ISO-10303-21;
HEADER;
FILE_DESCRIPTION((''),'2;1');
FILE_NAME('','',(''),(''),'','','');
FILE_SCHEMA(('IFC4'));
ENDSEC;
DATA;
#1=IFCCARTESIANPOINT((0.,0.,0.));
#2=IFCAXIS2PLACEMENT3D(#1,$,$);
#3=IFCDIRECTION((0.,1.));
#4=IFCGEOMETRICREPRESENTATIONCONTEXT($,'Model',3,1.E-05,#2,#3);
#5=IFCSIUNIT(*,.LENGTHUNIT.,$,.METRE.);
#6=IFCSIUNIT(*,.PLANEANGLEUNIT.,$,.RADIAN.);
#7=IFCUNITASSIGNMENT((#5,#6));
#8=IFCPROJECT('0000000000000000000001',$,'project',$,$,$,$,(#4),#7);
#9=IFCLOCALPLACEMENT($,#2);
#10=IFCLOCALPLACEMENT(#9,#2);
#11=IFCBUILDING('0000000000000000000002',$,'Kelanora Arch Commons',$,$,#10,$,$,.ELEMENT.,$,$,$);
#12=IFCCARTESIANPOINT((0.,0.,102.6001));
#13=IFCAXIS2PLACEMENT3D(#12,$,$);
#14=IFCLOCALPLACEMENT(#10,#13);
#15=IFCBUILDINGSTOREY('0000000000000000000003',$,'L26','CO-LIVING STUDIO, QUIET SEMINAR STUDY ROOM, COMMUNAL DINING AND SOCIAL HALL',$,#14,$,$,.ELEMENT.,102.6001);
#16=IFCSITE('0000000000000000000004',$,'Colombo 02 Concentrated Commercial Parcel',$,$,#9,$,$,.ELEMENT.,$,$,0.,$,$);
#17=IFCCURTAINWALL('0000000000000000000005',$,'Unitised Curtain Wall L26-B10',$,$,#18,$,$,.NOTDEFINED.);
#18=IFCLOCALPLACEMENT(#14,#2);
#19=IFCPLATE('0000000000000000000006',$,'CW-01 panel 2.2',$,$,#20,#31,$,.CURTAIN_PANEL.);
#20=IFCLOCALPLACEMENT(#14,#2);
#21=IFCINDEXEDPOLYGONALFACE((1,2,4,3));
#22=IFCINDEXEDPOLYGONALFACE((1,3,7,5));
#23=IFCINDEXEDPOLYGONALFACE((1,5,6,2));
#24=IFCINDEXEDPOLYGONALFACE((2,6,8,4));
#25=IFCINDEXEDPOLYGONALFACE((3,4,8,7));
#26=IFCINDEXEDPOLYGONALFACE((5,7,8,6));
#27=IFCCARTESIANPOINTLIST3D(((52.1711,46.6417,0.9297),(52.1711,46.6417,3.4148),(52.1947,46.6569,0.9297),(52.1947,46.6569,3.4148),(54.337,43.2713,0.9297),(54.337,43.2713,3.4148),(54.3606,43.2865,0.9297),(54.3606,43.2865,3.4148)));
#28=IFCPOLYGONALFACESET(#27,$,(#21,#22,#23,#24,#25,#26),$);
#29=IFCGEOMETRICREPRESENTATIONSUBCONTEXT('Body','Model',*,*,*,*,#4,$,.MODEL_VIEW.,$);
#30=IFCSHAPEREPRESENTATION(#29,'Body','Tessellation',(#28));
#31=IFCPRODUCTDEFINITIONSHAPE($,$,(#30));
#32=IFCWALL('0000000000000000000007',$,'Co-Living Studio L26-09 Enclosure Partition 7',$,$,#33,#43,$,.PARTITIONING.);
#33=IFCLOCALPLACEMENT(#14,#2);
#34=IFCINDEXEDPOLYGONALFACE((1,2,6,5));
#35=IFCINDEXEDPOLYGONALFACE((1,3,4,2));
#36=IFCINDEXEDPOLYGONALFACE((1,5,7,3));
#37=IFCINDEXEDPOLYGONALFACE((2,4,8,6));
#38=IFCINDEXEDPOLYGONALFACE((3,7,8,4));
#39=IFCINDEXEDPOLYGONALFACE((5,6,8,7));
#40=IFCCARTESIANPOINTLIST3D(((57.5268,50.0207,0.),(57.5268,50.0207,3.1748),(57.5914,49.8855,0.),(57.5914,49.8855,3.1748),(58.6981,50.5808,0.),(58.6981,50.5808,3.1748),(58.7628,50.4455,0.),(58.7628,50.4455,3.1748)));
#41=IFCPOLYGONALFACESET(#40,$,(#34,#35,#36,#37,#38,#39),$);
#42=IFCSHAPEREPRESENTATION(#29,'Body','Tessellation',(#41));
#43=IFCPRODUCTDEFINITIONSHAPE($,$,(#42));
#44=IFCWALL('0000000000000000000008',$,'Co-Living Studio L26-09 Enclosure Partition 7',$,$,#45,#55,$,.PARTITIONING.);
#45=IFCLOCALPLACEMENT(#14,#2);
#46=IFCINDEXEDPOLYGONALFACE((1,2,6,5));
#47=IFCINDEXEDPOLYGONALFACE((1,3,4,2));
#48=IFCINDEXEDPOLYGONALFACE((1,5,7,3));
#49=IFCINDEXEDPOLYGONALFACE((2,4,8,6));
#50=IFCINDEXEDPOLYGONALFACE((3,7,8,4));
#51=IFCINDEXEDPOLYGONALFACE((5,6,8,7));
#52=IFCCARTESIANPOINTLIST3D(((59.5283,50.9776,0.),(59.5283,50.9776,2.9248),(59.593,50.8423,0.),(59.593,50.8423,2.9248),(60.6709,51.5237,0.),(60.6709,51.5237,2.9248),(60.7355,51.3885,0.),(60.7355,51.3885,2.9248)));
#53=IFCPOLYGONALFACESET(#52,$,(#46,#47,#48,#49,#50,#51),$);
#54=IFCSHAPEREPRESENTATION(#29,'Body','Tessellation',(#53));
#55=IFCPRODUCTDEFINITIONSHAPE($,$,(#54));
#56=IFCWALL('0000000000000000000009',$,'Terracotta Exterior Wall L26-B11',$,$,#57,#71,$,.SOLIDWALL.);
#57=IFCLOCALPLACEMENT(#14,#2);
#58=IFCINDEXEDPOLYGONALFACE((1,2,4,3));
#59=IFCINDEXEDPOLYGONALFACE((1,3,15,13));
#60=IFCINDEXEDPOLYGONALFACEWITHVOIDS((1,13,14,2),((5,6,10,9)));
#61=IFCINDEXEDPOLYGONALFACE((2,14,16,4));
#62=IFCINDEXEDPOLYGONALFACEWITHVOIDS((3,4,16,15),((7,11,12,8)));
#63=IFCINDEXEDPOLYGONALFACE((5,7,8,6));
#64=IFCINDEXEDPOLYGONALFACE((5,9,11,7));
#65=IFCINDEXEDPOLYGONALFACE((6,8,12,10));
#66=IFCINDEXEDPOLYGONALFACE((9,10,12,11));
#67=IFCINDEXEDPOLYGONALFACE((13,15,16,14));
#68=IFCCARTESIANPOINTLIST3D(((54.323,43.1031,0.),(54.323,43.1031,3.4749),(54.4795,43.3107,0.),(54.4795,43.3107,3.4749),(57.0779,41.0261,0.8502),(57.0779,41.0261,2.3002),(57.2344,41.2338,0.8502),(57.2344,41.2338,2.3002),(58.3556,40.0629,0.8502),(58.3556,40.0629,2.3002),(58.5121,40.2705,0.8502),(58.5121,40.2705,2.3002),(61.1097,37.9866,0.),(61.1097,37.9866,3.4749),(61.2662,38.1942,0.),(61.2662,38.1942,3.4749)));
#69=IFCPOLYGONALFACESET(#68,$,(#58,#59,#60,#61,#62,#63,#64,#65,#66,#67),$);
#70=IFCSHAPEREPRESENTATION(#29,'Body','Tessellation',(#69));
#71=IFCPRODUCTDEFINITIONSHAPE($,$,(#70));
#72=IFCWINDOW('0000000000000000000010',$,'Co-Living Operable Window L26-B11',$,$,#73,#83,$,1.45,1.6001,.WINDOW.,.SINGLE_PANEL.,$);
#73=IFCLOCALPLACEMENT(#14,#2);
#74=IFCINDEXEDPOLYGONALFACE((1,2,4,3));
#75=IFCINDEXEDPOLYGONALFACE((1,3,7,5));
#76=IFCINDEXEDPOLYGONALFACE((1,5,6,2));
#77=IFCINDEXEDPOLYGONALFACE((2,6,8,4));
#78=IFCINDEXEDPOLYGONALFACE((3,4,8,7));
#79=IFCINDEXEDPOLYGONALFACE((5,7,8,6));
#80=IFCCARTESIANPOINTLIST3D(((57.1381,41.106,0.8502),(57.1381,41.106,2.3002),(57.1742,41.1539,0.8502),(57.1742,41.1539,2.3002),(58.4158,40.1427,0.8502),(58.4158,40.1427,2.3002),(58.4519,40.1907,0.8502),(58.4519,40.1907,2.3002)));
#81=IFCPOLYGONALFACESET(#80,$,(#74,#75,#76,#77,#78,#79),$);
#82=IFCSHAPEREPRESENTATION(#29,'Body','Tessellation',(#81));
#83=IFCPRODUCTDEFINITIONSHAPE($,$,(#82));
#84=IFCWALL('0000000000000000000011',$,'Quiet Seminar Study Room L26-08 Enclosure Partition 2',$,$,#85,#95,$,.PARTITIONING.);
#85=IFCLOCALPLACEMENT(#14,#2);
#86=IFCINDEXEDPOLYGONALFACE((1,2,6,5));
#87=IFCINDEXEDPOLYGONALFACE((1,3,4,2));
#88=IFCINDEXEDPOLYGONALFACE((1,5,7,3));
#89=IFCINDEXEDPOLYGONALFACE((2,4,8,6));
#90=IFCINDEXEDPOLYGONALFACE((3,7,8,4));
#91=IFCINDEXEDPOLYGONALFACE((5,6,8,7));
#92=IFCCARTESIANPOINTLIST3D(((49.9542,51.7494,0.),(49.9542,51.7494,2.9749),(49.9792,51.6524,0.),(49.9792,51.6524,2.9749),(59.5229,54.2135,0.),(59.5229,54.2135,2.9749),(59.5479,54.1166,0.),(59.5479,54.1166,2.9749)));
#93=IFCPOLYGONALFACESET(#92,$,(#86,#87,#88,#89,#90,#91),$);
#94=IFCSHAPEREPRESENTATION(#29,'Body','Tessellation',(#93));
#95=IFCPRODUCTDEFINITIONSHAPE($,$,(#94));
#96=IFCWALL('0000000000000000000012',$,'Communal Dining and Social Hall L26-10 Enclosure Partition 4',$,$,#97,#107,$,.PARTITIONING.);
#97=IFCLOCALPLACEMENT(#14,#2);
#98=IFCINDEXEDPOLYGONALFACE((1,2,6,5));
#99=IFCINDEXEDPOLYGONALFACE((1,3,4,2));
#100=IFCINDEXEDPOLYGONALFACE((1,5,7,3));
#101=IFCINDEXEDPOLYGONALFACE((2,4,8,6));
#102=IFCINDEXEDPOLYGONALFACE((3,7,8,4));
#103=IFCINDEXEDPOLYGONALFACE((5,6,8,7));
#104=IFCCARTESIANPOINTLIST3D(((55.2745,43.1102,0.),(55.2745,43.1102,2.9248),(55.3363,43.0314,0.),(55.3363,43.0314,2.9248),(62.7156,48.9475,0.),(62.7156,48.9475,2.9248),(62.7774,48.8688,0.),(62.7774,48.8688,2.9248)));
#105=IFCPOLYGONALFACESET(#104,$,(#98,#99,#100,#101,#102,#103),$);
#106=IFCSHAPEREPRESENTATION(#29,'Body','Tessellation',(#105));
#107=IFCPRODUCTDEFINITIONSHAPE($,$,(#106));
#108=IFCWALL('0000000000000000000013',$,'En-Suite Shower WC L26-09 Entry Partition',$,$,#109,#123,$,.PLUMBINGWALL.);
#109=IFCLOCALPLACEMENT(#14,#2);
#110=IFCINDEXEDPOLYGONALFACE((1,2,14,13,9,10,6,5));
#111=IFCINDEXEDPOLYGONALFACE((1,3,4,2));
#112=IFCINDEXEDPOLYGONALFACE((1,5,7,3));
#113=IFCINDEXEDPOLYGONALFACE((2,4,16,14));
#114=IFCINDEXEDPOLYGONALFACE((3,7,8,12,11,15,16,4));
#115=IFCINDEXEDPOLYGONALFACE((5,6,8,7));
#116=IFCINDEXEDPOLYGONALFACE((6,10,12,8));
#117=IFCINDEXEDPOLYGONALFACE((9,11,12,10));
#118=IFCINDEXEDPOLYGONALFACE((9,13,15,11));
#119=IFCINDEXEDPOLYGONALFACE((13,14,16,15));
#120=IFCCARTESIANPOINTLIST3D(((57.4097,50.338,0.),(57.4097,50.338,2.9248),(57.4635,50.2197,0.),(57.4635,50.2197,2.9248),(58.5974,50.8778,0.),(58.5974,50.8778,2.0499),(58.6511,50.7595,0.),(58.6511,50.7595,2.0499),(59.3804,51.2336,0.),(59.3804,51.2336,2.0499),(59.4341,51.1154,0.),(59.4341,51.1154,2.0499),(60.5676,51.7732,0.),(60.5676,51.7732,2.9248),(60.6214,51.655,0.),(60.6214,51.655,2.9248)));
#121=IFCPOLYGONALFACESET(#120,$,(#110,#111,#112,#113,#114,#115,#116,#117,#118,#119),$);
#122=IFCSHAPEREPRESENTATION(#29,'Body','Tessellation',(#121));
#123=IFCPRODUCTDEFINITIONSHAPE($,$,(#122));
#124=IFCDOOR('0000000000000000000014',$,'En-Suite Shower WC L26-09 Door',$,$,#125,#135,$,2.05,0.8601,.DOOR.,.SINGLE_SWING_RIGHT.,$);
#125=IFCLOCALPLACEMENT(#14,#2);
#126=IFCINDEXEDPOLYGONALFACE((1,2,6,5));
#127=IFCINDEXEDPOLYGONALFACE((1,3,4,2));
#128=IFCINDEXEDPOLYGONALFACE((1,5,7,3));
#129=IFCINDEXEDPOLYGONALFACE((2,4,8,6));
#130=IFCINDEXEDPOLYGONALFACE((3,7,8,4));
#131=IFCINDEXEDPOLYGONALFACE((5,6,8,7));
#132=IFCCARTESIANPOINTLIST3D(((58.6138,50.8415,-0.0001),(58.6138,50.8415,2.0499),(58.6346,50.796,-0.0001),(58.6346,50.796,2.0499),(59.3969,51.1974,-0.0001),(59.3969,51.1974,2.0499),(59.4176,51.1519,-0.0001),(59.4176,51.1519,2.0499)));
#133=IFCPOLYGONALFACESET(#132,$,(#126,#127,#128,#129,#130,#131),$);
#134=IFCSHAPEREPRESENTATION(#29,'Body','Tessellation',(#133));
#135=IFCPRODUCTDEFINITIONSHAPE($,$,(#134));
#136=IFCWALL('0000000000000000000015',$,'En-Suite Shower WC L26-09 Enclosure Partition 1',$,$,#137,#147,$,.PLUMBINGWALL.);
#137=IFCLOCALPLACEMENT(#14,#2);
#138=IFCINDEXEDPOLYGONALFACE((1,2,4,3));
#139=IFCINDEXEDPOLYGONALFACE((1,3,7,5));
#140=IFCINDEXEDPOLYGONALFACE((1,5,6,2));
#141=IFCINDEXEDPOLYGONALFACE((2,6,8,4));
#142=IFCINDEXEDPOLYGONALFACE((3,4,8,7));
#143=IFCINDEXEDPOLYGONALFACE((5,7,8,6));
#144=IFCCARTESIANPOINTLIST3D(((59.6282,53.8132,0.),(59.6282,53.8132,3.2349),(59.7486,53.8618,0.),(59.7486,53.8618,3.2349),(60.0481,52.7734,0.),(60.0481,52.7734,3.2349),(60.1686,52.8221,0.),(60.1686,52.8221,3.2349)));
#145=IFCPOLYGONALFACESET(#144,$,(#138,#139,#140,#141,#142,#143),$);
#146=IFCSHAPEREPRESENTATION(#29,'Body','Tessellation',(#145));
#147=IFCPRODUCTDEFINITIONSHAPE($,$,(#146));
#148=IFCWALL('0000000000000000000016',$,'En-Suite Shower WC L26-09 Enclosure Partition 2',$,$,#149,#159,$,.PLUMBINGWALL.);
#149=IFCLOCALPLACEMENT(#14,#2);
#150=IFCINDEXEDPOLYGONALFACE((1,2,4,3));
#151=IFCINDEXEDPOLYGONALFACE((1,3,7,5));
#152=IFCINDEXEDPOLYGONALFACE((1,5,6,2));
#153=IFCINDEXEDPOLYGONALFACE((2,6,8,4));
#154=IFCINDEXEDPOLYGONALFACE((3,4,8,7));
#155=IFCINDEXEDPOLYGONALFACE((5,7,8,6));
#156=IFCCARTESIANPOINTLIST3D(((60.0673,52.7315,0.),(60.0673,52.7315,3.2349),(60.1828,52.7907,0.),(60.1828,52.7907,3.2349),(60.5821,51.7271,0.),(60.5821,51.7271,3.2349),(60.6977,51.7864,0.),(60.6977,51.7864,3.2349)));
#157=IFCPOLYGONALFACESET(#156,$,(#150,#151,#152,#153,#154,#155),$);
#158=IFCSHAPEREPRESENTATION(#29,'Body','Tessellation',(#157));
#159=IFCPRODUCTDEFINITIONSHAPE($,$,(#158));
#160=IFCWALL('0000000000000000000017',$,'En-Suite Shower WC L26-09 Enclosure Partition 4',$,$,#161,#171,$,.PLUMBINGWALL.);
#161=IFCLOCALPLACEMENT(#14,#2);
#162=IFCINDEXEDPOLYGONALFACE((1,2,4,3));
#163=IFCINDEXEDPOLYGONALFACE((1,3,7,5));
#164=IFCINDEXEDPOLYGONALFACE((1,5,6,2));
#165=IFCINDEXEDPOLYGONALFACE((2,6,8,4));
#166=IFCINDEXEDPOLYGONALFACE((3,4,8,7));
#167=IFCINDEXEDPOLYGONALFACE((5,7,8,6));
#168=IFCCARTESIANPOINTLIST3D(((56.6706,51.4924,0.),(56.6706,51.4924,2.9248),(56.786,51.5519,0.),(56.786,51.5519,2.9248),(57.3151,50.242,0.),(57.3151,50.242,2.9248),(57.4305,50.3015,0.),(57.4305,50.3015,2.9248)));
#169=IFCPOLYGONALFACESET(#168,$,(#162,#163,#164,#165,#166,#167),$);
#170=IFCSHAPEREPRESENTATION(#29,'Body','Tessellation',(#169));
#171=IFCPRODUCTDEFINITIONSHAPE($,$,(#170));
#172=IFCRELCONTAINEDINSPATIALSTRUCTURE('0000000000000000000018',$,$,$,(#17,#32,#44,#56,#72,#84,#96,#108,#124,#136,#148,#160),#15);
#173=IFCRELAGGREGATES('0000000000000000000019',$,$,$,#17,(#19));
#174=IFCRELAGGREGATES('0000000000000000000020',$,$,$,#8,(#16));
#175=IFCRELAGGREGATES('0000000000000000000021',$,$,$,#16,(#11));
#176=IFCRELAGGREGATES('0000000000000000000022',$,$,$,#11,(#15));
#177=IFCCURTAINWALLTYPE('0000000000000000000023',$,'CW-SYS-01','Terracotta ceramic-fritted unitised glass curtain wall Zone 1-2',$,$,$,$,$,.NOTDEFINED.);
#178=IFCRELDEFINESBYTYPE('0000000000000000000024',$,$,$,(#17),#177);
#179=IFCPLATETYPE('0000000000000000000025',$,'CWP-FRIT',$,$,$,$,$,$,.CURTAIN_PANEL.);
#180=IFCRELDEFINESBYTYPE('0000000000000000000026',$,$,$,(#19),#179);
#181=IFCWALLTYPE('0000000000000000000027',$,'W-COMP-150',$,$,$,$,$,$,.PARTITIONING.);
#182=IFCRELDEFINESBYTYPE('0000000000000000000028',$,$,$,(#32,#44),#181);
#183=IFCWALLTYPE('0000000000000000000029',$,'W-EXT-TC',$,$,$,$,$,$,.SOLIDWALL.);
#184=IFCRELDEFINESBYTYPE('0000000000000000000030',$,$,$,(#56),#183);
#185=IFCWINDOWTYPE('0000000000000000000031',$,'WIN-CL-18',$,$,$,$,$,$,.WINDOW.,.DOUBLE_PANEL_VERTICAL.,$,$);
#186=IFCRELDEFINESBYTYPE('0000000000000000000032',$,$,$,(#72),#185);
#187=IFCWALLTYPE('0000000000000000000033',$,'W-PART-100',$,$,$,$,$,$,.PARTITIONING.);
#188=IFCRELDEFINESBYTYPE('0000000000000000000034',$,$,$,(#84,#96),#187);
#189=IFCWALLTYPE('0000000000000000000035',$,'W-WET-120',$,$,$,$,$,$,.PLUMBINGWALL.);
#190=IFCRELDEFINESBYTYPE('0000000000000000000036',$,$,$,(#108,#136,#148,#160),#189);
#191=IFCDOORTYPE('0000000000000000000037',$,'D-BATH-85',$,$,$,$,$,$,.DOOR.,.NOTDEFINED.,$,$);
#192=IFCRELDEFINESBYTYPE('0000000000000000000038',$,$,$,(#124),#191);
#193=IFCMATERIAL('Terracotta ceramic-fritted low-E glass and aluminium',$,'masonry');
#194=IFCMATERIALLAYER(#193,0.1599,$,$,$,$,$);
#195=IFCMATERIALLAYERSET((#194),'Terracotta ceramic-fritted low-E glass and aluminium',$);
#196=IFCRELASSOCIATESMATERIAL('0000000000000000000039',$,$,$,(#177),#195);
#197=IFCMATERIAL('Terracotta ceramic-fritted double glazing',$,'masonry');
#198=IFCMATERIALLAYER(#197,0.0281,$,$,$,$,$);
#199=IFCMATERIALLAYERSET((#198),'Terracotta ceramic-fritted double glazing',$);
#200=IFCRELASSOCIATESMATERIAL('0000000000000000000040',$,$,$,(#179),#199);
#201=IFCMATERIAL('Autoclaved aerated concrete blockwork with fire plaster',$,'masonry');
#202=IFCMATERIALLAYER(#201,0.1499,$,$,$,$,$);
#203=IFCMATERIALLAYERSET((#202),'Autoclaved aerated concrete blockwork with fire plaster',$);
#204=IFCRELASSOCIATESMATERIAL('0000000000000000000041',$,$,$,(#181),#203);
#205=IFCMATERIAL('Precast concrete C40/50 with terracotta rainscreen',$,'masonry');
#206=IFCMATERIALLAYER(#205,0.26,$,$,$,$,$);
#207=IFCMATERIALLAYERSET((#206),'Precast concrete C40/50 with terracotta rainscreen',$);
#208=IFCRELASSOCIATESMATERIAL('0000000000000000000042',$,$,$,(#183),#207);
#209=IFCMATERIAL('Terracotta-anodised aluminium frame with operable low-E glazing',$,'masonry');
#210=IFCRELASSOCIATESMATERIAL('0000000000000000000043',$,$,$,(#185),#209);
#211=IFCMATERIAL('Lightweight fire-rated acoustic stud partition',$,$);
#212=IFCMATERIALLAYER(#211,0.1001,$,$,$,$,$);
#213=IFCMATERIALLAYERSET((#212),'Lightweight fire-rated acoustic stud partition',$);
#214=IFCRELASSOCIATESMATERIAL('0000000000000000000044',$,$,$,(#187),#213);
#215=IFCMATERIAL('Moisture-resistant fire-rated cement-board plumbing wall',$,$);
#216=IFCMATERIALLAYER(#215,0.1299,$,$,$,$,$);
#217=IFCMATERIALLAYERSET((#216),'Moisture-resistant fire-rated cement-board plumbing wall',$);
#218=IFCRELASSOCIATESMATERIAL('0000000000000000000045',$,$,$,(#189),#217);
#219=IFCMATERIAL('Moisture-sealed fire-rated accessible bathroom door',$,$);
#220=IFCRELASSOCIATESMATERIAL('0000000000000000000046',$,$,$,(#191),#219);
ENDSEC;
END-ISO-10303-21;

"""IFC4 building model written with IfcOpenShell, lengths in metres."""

from ifc_helpers import new_model, si_unit, direction, frame, frame_2d, origin, origin_2d, place, context, subcontext, project, spatial, rectangle, extrude, source, transform, mapped, material, layer, layer_set, type_object, element, fill, aggregate, save


model = new_model("IFC4")

# Units and contexts
model_context = context("Model", 3, precision=1e-05, world=origin(), true_north=direction((0.0, 1.0)))
body_context = subcontext(model_context, "Body", "Model", "MODEL_VIEW")
ifc_project = project(units=[si_unit("LENGTHUNIT", "METRE"), si_unit("PLANEANGLEUNIT", "RADIAN")], contexts=[model_context])

# Site, building, storey
site_placement = place(None, origin())
site = spatial("IfcSite", under=ifc_project, at=site_placement, Name="Colombo 02 Concentrated Commercial Parcel", CompositionType="ELEMENT", RefElevation=0.0)
building_placement = place(site_placement, origin())
building = spatial("IfcBuilding", under=site, at=building_placement, Name="Kelanora Arch Commons", CompositionType="ELEMENT")
storey_placement = place(building_placement, frame((0.0, 0.0, 102.6001)))
storey = spatial("IfcBuildingStorey", under=building, at=storey_placement, Name="L26", Description="CO-LIVING STUDIO, QUIET SEMINAR STUDY ROOM, COMMUNAL DINING AND SOCIAL HALL", CompositionType="ELEMENT", Elevation=102.6001)

# Curtain wall, plate
ifc_material_1 = material(Name="Terracotta ceramic-fritted low-E glass and aluminium", Category="masonry")
ifc_layer_1 = layer(ifc_material_1, 0.1599)
ifc_layer_set_1 = layer_set([ifc_layer_1], Name="Terracotta ceramic-fritted low-E glass and aluminium")
curtain_wall_type = type_object("IfcCurtainWallType", Name="CW-SYS-01", Description="Terracotta ceramic-fritted unitised glass curtain wall Zone 1-2", PredefinedType="NOTDEFINED", material=ifc_layer_set_1)
curtain_wall_placement = place(storey_placement, origin())
curtain_wall = element("IfcCurtainWall", 1, at=curtain_wall_placement, inside=storey, type_object=curtain_wall_type, Name="Unitised Curtain Wall L26-B10", PredefinedType="NOTDEFINED")
ifc_material_2 = material(Name="Terracotta ceramic-fritted double glazing", Category="masonry")
ifc_layer_2 = layer(ifc_material_2, 0.0281)
ifc_layer_set_2 = layer_set([ifc_layer_2], Name="Terracotta ceramic-fritted double glazing")
plate_type = type_object("IfcPlateType", Name="CWP-FRIT", PredefinedType="CURTAIN_PANEL", material=ifc_layer_set_2)
shared_shape_1 = source(origin(), body_context, "Body", "SweptSolid", [
    extrude(rectangle(XDim=4.0063, YDim=0.0281, at=origin_2d()), origin(), (0.0, 0.0, 1.0), 2.4851),
])
plate_1_placement = place(storey_placement, frame((53.2659, 44.9641, 0.9297), z_axis=(0.0, 0.0, 1.0), x_axis=(0.540617, -0.841269, 0.0)))
plate_1 = element("IfcPlate", 2, at=plate_1_placement, type_object=plate_type, Name="CW-01 panel 2.2", PredefinedType="CURTAIN_PANEL", context=body_context, shape_type="MappedRepresentation", body=[
    mapped(shared_shape_1, transform((0.0, 0.0, 0.0), scale=1.0)),
])
aggregate(curtain_wall, [plate_1])

# Walls
ifc_material_3 = material(Name="Autoclaved aerated concrete blockwork with fire plaster", Category="masonry")
ifc_layer_3 = layer(ifc_material_3, 0.1499)
ifc_layer_set_3 = layer_set([ifc_layer_3], Name="Autoclaved aerated concrete blockwork with fire plaster")
wall_type_1 = type_object("IfcWallType", Name="W-COMP-150", PredefinedType="PARTITIONING", material=ifc_layer_set_3)
wall_1_placement = place(storey_placement, frame((57.5591, 49.9531, 0.0), z_axis=(0.0, 0.0, 1.0), x_axis=(0.902185, 0.431349, 0.0)))
element("IfcWall", 3, at=wall_1_placement, inside=storey, type_object=wall_type_1, Name="Co-Living Studio L26-09 Enclosure Partition 7", PredefinedType="PARTITIONING", context=body_context, shape_type="SweptSolid", body=[
    extrude(rectangle(XDim=1.2983, YDim=0.1499, at=frame_2d((0.6492, 0.0))), origin(), (0.0, 0.0, 1.0), 3.1748),
])
wall_2_placement = place(storey_placement, frame((59.5605, 50.9099, 0.0), z_axis=(0.0, 0.0, 1.0), x_axis=(0.902229, 0.431258, 0.0)))
element("IfcWall", 4, at=wall_2_placement, inside=storey, type_object=wall_type_1, Name="Co-Living Studio L26-09 Enclosure Partition 7", PredefinedType="PARTITIONING", context=body_context, shape_type="SweptSolid", body=[
    extrude(rectangle(XDim=1.2664, YDim=0.1499, at=frame_2d((0.6333, 0.0))), origin(), (0.0, 0.0, 1.0), 2.9248),
])

# Wall, opening, window
ifc_material_4 = material(Name="Precast concrete C40/50 with terracotta rainscreen", Category="masonry")
ifc_layer_4 = layer(ifc_material_4, 0.26)
ifc_layer_set_4 = layer_set([ifc_layer_4], Name="Precast concrete C40/50 with terracotta rainscreen")
wall_type_2 = type_object("IfcWallType", Name="W-EXT-TC", PredefinedType="SOLIDWALL", material=ifc_layer_set_4)
wall_3_placement = place(storey_placement, frame((54.4014, 43.2068, 0.0), z_axis=(0.0, 0.0, 1.0), x_axis=(0.798502, -0.601993, 0.0)))
wall_3 = element("IfcWall", 5, at=wall_3_placement, inside=storey, type_object=wall_type_2, Name="Terracotta Exterior Wall L26-B11", PredefinedType="SOLIDWALL", context=body_context, shape_type="SweptSolid", body=[
    extrude(rectangle(XDim=8.4993, YDim=0.26, at=frame_2d((4.2495, 0.0))), origin(), (0.0, 0.0, 1.0), 3.4749),
])
opening_1_placement = place(wall_3_placement, frame((3.45, 0.0, 0.8501)))
opening_1 = element("IfcOpeningElement", 6, at=opening_1_placement, cuts=wall_3, PredefinedType="OPENING", context=body_context, shape_type="SweptSolid", body=[
    extrude(rectangle(XDim=1.6001, YDim=1.45, at=frame_2d((0.8, 0.7251))), frame((0.0, 0.1401, 0.0), z_axis=(0.0, -1.0, 0.0), x_axis=(1.0, 0.0, 0.0)), (0.0, 0.0, 1.0), 0.28),
])
ifc_material_5 = material(Name="Terracotta-anodised aluminium frame with operable low-E glazing", Category="masonry")
window_type = type_object("IfcWindowType", Name="WIN-CL-18", PartitioningType="DOUBLE_PANEL_VERTICAL", PredefinedType="WINDOW", material=ifc_material_5)
window_placement = place(opening_1_placement, origin())
window = element("IfcWindow", 7, at=window_placement, inside=storey, type_object=window_type, Name="Co-Living Operable Window L26-B11", OverallHeight=1.45, OverallWidth=1.6001, PartitioningType="SINGLE_PANEL", PredefinedType="WINDOW", context=body_context, shape_type="SweptSolid", body=[
    extrude(rectangle(XDim=1.6001, YDim=1.45, at=frame_2d((0.8, 0.7251))), frame((0.0, 0.03, 0.0), z_axis=(0.0, -1.0, 0.0), x_axis=(1.0, 0.0, 0.0)), (0.0, 0.0, 1.0), 0.0601),
])
fill(opening_1, window)

# Walls
ifc_material_6 = material(Name="Lightweight fire-rated acoustic stud partition")
ifc_layer_5 = layer(ifc_material_6, 0.1001)
ifc_layer_set_5 = layer_set([ifc_layer_5], Name="Lightweight fire-rated acoustic stud partition")
wall_type_3 = type_object("IfcWallType", Name="W-PART-100", PredefinedType="PARTITIONING", material=ifc_layer_set_5)
wall_4_placement = place(storey_placement, frame((59.5354, 54.165, 0.0), z_axis=(0.0, 0.0, 1.0), x_axis=(-0.968405, -0.249384, 0.0)))
element("IfcWall", 8, at=wall_4_placement, inside=storey, type_object=wall_type_3, Name="Quiet Seminar Study Room L26-08 Enclosure Partition 2", PredefinedType="PARTITIONING", context=body_context, shape_type="SweptSolid", body=[
    extrude(rectangle(XDim=9.8809, YDim=0.1001, at=frame_2d((4.9404, 0.0))), origin(), (0.0, 0.0, 1.0), 2.9749),
])
wall_5_placement = place(storey_placement, frame((55.3054, 43.0708, 0.0), z_axis=(0.0, 0.0, 1.0), x_axis=(0.786792, 0.617218, 0.0)))
element("IfcWall", 9, at=wall_5_placement, inside=storey, type_object=wall_type_3, Name="Communal Dining and Social Hall L26-10 Enclosure Partition 4", PredefinedType="PARTITIONING", context=body_context, shape_type="SweptSolid", body=[
    extrude(rectangle(XDim=9.4575, YDim=0.1001, at=frame_2d((4.7288, 0.0))), origin(), (0.0, 0.0, 1.0), 2.9248),
])

# Wall, opening, door
ifc_material_7 = material(Name="Moisture-resistant fire-rated cement-board plumbing wall")
ifc_layer_6 = layer(ifc_material_7, 0.1299)
ifc_layer_set_6 = layer_set([ifc_layer_6], Name="Moisture-resistant fire-rated cement-board plumbing wall")
wall_type_4 = type_object("IfcWallType", Name="W-WET-120", PredefinedType="PLUMBINGWALL", material=ifc_layer_set_6)
wall_6_placement = place(storey_placement, frame((60.5945, 51.7141, 0.0), z_axis=(0.0, 0.0, 1.0), x_axis=(-0.910381, -0.413771, 0.0)))
wall_6 = element("IfcWall", 10, at=wall_6_placement, inside=storey, type_object=wall_type_4, Name="En-Suite Shower WC L26-09 Entry Partition", PredefinedType="PLUMBINGWALL", context=body_context, shape_type="SweptSolid", body=[
    extrude(rectangle(XDim=3.4688, YDim=0.1299, at=frame_2d((1.7344, 0.0))), origin(), (0.0, 0.0, 1.0), 2.9248),
])
opening_2_placement = place(wall_6_placement, frame((1.304, 0.0, 0.0)))
opening_2 = element("IfcOpeningElement", 11, at=opening_2_placement, cuts=wall_6, PredefinedType="OPENING", context=body_context, shape_type="SweptSolid", body=[
    extrude(rectangle(XDim=0.8601, YDim=2.05, at=frame_2d((0.4302, 1.0249))), frame((0.0, 0.075, 0.0), z_axis=(0.0, -1.0, 0.0), x_axis=(1.0, 0.0, 0.0)), (0.0, 0.0, 1.0), 0.1499),
])
ifc_material_8 = material(Name="Moisture-sealed fire-rated accessible bathroom door")
door_type = type_object("IfcDoorType", Name="D-BATH-85", OperationType="NOTDEFINED", PredefinedType="DOOR", material=ifc_material_8)
door_placement = place(opening_2_placement, origin())
door = element("IfcDoor", 12, at=door_placement, inside=storey, type_object=door_type, Name="En-Suite Shower WC L26-09 Door", OperationType="SINGLE_SWING_RIGHT", OverallHeight=2.05, OverallWidth=0.8601, PredefinedType="DOOR", context=body_context, shape_type="SweptSolid", body=[
    extrude(rectangle(XDim=0.8601, YDim=2.05, at=frame_2d((0.4302, 1.0249))), frame((0.0, 0.0249, 0.0), z_axis=(0.0, -1.0, 0.0), x_axis=(1.0, 0.0, 0.0)), (0.0, 0.0, 1.0), 0.05),
])
fill(opening_2, door)

# Walls
wall_7_placement = place(storey_placement, frame((59.6885, 53.8374, 0.0), z_axis=(0.0, 0.0, 1.0), x_axis=(0.374467, -0.92724, 0.0)))
element("IfcWall", 13, at=wall_7_placement, inside=storey, type_object=wall_type_4, Name="En-Suite Shower WC L26-09 Enclosure Partition 1", PredefinedType="PLUMBINGWALL", context=body_context, shape_type="SweptSolid", body=[
    extrude(rectangle(XDim=1.1213, YDim=0.1299, at=frame_2d((0.5605, 0.0))), origin(), (0.0, 0.0, 1.0), 3.2349),
])
wall_8_placement = place(storey_placement, frame((60.125, 52.7612, 0.0), z_axis=(0.0, 0.0, 1.0), x_axis=(0.456189, -0.889883, 0.0)))
element("IfcWall", 14, at=wall_8_placement, inside=storey, type_object=wall_type_4, Name="En-Suite Shower WC L26-09 Enclosure Partition 2", PredefinedType="PLUMBINGWALL", context=body_context, shape_type="SweptSolid", body=[
    extrude(rectangle(XDim=1.1287, YDim=0.1299, at=frame_2d((0.5645, 0.0))), origin(), (0.0, 0.0, 1.0), 3.2349),
])
wall_9_placement = place(storey_placement, frame((57.3728, 50.2717, 0.0), z_axis=(0.0, 0.0, 1.0), x_axis=(-0.458148, 0.888876, 0.0)))
element("IfcWall", 15, at=wall_9_placement, inside=storey, type_object=wall_type_4, Name="En-Suite Shower WC L26-09 Enclosure Partition 4", PredefinedType="PLUMBINGWALL", context=body_context, shape_type="SweptSolid", body=[
    extrude(rectangle(XDim=1.4067, YDim=0.1299, at=frame_2d((0.7034, 0.0))), origin(), (0.0, 0.0, 1.0), 2.9248),
])

save(model, "model.ifc")
